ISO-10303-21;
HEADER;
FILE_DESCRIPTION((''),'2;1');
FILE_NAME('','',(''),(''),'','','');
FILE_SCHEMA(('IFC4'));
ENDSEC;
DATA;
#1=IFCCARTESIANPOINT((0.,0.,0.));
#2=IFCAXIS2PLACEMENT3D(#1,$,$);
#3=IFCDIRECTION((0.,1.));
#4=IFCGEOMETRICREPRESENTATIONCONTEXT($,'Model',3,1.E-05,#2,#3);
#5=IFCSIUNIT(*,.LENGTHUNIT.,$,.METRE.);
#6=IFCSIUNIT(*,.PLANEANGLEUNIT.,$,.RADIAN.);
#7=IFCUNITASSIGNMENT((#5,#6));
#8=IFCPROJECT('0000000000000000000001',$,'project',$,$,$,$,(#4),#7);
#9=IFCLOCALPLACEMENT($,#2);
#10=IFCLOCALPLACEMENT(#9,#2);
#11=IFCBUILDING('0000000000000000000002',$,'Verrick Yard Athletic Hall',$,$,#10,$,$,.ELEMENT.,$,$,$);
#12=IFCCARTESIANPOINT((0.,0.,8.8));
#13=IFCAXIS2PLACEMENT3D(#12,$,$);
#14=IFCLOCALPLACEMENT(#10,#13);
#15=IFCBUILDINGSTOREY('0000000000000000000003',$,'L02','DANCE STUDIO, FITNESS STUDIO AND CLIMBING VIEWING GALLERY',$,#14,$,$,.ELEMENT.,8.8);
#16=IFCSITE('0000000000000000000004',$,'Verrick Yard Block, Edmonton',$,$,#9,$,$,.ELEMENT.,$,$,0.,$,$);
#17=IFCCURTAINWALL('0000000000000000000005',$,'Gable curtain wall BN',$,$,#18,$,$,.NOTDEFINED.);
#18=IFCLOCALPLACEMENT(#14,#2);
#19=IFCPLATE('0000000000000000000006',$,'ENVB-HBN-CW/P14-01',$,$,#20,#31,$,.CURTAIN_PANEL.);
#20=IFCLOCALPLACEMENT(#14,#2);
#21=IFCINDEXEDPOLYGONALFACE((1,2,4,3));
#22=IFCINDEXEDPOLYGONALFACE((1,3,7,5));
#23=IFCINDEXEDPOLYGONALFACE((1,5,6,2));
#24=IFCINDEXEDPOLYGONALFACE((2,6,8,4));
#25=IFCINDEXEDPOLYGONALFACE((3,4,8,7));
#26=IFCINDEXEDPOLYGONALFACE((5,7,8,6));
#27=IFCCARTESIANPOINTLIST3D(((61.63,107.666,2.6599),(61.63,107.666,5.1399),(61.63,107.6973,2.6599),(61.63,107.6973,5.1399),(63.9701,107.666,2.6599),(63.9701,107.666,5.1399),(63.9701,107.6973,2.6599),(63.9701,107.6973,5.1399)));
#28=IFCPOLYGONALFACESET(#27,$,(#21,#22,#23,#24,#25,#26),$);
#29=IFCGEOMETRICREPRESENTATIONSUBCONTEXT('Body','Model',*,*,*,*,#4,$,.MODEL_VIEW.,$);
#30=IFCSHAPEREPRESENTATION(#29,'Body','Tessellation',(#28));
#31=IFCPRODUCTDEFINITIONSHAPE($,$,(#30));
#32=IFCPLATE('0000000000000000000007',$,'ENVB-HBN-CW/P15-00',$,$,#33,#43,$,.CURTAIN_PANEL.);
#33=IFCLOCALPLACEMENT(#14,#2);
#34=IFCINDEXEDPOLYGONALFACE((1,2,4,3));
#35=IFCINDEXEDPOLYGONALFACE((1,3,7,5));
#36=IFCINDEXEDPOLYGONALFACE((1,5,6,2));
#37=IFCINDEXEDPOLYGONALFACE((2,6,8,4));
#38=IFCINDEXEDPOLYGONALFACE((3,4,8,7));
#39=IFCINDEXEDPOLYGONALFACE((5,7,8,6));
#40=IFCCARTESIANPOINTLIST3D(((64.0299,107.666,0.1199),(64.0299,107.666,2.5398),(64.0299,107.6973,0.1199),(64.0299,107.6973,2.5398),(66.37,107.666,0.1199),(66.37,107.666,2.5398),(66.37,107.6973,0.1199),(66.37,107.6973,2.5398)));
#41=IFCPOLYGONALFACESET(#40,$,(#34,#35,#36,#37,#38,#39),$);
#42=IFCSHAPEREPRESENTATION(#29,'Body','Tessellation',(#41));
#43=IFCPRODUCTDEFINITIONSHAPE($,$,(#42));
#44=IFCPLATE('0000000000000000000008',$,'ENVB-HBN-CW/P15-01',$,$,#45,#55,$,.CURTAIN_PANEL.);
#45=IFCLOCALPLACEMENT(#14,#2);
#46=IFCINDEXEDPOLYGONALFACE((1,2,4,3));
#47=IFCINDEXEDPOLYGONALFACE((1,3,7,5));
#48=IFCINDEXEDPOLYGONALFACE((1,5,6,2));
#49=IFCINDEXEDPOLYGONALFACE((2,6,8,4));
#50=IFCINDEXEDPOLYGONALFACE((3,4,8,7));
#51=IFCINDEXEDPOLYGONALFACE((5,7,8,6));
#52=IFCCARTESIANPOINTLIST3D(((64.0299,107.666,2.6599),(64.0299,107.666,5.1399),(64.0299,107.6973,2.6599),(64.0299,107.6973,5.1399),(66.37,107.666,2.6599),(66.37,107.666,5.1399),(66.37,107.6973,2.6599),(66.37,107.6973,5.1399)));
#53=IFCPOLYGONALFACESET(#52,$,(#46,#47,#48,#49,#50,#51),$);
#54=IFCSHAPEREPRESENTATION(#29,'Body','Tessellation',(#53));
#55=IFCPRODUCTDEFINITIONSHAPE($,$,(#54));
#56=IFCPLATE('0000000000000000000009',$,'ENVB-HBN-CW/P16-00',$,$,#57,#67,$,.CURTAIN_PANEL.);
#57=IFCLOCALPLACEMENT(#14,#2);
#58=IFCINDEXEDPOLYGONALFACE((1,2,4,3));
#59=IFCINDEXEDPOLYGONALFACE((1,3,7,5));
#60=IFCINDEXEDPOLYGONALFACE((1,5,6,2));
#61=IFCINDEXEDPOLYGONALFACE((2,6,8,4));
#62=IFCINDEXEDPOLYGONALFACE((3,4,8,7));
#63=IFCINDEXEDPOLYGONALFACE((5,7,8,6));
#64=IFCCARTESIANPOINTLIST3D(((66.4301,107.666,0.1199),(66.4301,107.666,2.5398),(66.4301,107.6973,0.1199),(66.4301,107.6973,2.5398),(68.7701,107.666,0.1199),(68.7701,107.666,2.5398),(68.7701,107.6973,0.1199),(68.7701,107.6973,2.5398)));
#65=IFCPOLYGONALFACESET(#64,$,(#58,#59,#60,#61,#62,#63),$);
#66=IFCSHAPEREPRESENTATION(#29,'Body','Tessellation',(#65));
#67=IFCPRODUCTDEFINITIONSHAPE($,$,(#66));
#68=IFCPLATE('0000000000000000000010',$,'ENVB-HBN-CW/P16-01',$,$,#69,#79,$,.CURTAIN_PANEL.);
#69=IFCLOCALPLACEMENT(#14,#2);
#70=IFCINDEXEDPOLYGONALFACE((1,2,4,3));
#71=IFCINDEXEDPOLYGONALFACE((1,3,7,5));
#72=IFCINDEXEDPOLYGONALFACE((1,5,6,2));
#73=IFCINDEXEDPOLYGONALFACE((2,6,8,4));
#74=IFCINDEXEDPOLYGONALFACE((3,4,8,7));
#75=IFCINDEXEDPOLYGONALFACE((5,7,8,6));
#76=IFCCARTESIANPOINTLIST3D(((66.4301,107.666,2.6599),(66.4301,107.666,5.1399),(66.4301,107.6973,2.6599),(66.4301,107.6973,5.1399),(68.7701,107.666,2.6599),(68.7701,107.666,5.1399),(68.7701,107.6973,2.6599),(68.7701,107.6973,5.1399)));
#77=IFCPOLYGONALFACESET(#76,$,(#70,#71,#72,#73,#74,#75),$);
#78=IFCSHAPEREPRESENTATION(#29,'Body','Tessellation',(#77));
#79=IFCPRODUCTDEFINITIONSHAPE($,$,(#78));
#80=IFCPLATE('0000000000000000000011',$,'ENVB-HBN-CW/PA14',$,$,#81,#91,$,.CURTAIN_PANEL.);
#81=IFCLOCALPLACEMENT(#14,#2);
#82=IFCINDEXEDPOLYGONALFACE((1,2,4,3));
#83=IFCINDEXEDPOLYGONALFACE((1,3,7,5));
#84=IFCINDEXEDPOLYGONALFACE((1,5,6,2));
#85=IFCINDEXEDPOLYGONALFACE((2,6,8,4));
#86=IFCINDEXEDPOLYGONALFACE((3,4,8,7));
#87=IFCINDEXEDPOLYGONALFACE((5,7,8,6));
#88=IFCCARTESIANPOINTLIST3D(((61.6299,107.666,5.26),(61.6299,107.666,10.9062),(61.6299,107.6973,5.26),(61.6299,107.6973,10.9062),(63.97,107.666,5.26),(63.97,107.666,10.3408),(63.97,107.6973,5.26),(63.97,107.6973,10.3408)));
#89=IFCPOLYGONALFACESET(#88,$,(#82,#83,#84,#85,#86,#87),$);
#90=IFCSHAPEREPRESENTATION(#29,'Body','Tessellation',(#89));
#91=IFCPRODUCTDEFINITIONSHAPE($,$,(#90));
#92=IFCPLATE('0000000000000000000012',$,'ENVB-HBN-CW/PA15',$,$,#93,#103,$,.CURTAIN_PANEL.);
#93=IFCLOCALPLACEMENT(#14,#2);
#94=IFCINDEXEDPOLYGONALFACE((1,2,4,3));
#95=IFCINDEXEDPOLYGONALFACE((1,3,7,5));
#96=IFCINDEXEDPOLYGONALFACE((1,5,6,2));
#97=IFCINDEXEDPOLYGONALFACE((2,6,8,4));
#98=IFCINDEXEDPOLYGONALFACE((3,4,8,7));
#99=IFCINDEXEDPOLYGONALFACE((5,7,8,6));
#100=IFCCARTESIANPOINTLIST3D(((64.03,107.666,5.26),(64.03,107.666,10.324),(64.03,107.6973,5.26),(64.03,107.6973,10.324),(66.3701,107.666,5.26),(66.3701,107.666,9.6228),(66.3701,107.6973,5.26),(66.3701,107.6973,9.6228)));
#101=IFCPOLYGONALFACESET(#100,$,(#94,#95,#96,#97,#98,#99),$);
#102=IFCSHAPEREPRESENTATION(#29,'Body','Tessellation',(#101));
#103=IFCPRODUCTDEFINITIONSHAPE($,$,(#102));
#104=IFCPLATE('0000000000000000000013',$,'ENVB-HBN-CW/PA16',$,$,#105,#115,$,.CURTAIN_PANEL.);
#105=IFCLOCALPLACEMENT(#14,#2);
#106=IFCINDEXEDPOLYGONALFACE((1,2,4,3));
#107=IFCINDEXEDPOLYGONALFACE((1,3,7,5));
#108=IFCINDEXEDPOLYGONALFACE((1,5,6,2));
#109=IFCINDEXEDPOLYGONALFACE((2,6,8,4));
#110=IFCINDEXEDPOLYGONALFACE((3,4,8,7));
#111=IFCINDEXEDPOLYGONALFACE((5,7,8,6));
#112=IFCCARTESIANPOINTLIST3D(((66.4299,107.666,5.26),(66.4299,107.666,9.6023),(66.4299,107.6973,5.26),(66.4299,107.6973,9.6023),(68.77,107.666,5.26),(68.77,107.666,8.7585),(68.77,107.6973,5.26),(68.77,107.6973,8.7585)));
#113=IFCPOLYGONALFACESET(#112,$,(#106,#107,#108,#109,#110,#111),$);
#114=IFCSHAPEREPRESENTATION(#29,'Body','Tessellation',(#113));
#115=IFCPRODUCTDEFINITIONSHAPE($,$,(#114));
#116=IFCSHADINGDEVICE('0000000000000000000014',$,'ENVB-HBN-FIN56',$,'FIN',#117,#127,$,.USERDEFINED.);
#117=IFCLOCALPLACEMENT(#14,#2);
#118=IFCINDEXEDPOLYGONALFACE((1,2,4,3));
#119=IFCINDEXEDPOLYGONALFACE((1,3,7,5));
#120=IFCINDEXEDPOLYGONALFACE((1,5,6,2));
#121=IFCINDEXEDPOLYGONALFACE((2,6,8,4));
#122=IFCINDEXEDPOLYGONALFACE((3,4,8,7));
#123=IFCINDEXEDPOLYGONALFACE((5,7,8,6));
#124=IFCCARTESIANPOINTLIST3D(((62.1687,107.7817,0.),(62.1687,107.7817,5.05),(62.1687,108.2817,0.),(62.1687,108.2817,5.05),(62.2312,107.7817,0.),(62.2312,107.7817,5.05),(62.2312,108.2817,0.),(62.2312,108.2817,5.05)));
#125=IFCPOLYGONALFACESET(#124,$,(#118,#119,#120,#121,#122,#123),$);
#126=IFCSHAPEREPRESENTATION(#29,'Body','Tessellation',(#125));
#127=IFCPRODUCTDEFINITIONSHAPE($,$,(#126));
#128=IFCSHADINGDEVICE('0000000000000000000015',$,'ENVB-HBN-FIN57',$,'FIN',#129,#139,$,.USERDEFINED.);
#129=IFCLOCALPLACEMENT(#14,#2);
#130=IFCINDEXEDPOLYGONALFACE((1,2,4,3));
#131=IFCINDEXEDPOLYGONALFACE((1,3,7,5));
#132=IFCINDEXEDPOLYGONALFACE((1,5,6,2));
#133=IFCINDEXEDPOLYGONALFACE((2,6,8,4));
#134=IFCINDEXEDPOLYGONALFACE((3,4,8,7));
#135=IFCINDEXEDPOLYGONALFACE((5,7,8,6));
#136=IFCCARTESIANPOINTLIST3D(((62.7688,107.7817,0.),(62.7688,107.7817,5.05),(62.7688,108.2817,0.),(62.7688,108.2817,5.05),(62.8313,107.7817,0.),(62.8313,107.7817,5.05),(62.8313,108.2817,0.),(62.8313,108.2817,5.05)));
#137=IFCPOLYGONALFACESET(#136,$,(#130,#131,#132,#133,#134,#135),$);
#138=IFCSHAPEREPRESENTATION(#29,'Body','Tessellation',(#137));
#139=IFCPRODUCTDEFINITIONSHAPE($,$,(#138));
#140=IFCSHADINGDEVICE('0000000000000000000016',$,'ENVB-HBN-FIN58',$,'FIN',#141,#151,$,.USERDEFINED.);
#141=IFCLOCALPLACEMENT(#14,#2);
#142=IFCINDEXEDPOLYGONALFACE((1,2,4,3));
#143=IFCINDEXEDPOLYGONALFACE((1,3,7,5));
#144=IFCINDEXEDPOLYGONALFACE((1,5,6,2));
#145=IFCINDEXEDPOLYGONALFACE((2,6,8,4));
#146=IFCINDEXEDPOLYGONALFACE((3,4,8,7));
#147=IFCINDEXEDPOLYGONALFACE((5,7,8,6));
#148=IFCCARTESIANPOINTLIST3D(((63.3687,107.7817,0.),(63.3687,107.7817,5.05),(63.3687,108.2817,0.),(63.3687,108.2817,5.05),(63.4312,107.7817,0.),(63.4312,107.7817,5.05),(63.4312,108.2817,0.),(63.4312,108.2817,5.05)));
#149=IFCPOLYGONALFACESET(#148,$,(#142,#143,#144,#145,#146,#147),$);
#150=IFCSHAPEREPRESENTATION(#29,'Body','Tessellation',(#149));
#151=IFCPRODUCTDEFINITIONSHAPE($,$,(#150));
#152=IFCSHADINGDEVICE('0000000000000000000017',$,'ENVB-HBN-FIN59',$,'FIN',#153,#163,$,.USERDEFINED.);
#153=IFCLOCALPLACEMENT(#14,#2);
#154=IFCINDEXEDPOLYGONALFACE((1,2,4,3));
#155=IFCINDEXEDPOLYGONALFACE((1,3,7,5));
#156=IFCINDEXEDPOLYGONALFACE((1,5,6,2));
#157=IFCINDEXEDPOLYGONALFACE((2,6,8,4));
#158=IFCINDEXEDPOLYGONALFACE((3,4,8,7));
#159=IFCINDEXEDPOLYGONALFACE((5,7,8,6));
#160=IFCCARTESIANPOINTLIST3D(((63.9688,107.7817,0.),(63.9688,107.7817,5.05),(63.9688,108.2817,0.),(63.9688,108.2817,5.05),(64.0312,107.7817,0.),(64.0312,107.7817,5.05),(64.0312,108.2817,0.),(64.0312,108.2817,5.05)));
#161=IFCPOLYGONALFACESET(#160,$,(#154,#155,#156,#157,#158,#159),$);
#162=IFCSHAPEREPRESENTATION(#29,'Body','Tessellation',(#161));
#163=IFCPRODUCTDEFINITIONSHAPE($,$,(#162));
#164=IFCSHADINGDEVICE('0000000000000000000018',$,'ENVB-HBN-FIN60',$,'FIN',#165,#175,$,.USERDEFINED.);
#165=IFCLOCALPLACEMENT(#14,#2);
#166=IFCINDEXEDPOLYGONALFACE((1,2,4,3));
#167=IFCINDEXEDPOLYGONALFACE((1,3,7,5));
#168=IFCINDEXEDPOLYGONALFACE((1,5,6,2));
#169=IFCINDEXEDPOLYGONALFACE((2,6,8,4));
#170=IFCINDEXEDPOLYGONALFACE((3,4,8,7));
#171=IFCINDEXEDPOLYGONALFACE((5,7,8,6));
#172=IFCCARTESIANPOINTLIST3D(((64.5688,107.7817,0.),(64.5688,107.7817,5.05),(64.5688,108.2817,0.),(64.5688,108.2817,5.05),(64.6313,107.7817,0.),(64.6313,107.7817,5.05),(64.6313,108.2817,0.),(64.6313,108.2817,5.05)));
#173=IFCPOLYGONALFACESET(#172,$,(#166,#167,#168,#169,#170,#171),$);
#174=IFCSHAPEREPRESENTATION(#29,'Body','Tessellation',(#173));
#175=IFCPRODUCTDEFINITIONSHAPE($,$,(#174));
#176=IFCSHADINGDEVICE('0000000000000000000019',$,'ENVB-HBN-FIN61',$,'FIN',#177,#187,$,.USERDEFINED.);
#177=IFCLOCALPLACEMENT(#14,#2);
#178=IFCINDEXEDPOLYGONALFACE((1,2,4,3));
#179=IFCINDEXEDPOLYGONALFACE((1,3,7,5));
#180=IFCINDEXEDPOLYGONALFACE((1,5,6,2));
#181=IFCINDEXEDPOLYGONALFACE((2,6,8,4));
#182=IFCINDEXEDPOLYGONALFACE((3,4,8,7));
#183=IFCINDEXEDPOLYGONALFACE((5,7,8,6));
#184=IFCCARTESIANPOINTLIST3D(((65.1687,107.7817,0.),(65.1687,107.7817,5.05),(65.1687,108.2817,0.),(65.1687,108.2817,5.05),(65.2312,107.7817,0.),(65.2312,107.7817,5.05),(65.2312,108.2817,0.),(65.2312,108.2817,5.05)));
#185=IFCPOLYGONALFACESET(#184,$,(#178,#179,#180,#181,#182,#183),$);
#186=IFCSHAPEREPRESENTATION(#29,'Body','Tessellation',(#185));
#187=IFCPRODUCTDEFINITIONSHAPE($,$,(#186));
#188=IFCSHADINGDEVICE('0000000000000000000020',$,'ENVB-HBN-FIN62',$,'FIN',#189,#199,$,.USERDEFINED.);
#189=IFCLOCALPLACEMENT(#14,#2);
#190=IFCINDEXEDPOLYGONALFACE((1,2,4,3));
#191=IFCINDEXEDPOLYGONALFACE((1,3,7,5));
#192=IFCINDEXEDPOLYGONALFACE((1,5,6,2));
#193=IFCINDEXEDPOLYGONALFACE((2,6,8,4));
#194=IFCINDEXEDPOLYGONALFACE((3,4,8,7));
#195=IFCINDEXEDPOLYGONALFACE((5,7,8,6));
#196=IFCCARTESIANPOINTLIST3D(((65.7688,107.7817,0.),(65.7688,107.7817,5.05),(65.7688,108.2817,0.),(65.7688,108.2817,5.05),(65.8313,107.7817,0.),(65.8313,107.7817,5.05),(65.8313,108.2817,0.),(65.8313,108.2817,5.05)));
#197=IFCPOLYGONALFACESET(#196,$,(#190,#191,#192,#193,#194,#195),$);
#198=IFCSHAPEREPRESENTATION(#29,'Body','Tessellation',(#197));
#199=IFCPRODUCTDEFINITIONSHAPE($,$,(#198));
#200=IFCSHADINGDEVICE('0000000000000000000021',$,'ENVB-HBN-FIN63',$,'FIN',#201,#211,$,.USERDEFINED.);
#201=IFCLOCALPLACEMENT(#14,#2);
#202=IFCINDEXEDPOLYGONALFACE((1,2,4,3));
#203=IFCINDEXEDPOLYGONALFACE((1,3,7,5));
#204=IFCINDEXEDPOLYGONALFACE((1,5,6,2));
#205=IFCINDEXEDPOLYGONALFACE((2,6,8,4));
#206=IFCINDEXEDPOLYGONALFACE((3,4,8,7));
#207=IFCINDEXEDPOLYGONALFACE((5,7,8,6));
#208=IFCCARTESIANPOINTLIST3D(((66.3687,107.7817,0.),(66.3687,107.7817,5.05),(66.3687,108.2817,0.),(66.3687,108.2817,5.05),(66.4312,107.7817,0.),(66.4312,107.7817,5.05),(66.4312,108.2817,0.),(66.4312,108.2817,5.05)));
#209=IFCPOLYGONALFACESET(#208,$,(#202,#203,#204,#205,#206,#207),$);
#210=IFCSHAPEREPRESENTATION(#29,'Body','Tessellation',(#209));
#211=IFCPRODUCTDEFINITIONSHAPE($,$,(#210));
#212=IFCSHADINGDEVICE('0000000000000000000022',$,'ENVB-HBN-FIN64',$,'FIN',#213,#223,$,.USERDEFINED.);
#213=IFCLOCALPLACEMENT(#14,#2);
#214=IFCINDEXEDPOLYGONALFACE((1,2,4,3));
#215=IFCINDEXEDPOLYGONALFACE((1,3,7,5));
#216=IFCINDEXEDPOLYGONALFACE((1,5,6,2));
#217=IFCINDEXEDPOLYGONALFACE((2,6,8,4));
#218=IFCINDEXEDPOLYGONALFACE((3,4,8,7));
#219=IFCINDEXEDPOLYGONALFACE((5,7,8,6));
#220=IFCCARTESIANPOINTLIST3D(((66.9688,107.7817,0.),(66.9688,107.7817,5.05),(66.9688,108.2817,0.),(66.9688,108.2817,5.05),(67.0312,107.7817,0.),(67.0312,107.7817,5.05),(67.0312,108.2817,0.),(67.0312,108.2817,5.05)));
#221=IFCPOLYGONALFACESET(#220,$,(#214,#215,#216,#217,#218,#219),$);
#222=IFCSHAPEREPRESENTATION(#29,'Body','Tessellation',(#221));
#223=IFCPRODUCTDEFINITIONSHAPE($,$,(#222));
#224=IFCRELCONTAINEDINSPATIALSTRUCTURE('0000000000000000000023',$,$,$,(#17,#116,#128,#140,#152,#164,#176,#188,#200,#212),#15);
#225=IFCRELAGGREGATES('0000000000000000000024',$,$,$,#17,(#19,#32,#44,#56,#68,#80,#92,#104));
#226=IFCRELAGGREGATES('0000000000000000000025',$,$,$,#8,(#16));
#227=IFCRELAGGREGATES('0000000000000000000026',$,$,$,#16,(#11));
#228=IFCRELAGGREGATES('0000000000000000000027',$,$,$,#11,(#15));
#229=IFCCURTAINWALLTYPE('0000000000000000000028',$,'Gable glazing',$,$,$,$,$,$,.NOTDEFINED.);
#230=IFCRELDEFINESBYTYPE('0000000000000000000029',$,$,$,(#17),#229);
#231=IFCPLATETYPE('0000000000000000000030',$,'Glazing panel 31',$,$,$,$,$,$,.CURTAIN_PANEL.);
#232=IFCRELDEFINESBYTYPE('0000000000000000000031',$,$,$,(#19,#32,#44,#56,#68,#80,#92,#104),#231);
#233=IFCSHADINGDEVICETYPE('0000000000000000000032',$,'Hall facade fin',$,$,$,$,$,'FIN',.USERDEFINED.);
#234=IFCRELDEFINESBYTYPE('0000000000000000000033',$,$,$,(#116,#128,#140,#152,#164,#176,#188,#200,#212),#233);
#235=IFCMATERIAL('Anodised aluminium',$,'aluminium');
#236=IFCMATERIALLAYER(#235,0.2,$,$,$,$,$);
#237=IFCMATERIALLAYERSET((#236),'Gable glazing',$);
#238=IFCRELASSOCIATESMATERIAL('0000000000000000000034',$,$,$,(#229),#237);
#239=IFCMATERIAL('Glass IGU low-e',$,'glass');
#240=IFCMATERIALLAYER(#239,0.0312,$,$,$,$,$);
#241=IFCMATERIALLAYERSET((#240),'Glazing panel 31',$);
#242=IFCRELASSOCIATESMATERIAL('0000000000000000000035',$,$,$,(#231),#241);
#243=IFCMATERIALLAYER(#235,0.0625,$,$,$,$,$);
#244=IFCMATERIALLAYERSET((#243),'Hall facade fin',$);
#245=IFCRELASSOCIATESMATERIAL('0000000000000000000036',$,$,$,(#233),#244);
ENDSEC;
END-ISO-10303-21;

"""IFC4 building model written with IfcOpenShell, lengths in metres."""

from ifc_helpers import new_model, si_unit, direction, frame, origin, origin_2d, place, context, subcontext, project, spatial, polyline, rectangle, outline, extrude, material, layer, layer_set, type_object, element, aggregate, save


model = new_model("IFC4")

# Units and contexts
model_context = context("Model", 3, precision=1e-05, world=origin(), true_north=direction((0.0, 1.0)))
body_context = subcontext(model_context, "Body", "Model", "MODEL_VIEW")
ifc_project = project(units=[si_unit("LENGTHUNIT", "METRE"), si_unit("PLANEANGLEUNIT", "RADIAN")], contexts=[model_context])

# Site, building, storey
site_placement = place(None, origin())
site = spatial("IfcSite", under=ifc_project, at=site_placement, Name="Verrick Yard Block, Edmonton", CompositionType="ELEMENT", RefElevation=0.0)
building_placement = place(site_placement, origin())
building = spatial("IfcBuilding", under=site, at=building_placement, Name="Verrick Yard Athletic Hall", CompositionType="ELEMENT")
storey_placement = place(building_placement, frame((0.0, 0.0, 8.8)))
storey = spatial("IfcBuildingStorey", under=building, at=storey_placement, Name="L02", Description="DANCE STUDIO, FITNESS STUDIO AND CLIMBING VIEWING GALLERY", CompositionType="ELEMENT", Elevation=8.8)

# Curtain wall
ifc_material_1 = material(Name="Anodised aluminium", Category="aluminium")
ifc_layer_1 = layer(ifc_material_1, 0.2)
ifc_layer_set_1 = layer_set([ifc_layer_1], Name="Gable glazing")
curtain_wall_type = type_object("IfcCurtainWallType", Name="Gable glazing", PredefinedType="NOTDEFINED", material=ifc_layer_set_1)
curtain_wall_placement = place(storey_placement, origin())
curtain_wall = element("IfcCurtainWall", 1, at=curtain_wall_placement, inside=storey, type_object=curtain_wall_type, Name="Gable curtain wall BN", PredefinedType="NOTDEFINED")

# Plates
ifc_material_2 = material(Name="Glass IGU low-e", Category="glass")
ifc_layer_2 = layer(ifc_material_2, 0.0312)
ifc_layer_set_2 = layer_set([ifc_layer_2], Name="Glazing panel 31")
plate_type = type_object("IfcPlateType", Name="Glazing panel 31", PredefinedType="CURTAIN_PANEL", material=ifc_layer_set_2)
plate_1_placement = place(storey_placement, frame((62.8, 107.6816, 2.6599), z_axis=(0.0, 0.0, 1.0), x_axis=(1.0, 0.0, 0.0)))
plate_1 = element("IfcPlate", 2, at=plate_1_placement, type_object=plate_type, Name="ENVB-HBN-CW/P14-01", PredefinedType="CURTAIN_PANEL", context=body_context, shape_type="SweptSolid", body=[
    extrude(rectangle(XDim=2.3401, YDim=0.0312, at=origin_2d()), origin(), (0.0, 0.0, 1.0), 2.48),
])
plate_2_placement = place(storey_placement, frame((65.2, 107.6816, 0.1199), z_axis=(0.0, 0.0, 1.0), x_axis=(1.0, 0.0, 0.0)))
plate_2 = element("IfcPlate", 3, at=plate_2_placement, type_object=plate_type, Name="ENVB-HBN-CW/P15-00", PredefinedType="CURTAIN_PANEL", context=body_context, shape_type="SweptSolid", body=[
    extrude(rectangle(XDim=2.3401, YDim=0.0312, at=origin_2d()), origin(), (0.0, 0.0, 1.0), 2.4199),
])
plate_3_placement = place(storey_placement, frame((65.2, 107.6816, 2.6599), z_axis=(0.0, 0.0, 1.0), x_axis=(1.0, 0.0, 0.0)))
plate_3 = element("IfcPlate", 4, at=plate_3_placement, type_object=plate_type, Name="ENVB-HBN-CW/P15-01", PredefinedType="CURTAIN_PANEL", context=body_context, shape_type="SweptSolid", body=[
    extrude(rectangle(XDim=2.3401, YDim=0.0312, at=origin_2d()), origin(), (0.0, 0.0, 1.0), 2.48),
])
plate_4_placement = place(storey_placement, frame((67.6001, 107.6816, 0.1199), z_axis=(0.0, 0.0, 1.0), x_axis=(1.0, 0.0, 0.0)))
plate_4 = element("IfcPlate", 5, at=plate_4_placement, type_object=plate_type, Name="ENVB-HBN-CW/P16-00", PredefinedType="CURTAIN_PANEL", context=body_context, shape_type="SweptSolid", body=[
    extrude(rectangle(XDim=2.3401, YDim=0.0312, at=origin_2d()), origin(), (0.0, 0.0, 1.0), 2.4199),
])
plate_5_placement = place(storey_placement, frame((67.6001, 107.6816, 2.6599), z_axis=(0.0, 0.0, 1.0), x_axis=(1.0, 0.0, 0.0)))
plate_5 = element("IfcPlate", 6, at=plate_5_placement, type_object=plate_type, Name="ENVB-HBN-CW/P16-01", PredefinedType="CURTAIN_PANEL", context=body_context, shape_type="SweptSolid", body=[
    extrude(rectangle(XDim=2.3401, YDim=0.0312, at=origin_2d()), origin(), (0.0, 0.0, 1.0), 2.48),
])
plate_6_placement = place(storey_placement, frame((61.6299, 107.6816, 5.26), z_axis=(0.0, 0.0, 1.0), x_axis=(1.0, 0.0, 0.0)))
plate_6 = element("IfcPlate", 7, at=plate_6_placement, type_object=plate_type, Name="ENVB-HBN-CW/PA14", PredefinedType="CURTAIN_PANEL", context=body_context, shape_type="SweptSolid", body=[
    extrude(outline(polyline([(0.0, 5.6462), (2.3401, 5.0808), (2.3401, 0.0), (0.0, 0.0), (0.0, 5.6462)])), frame((0.0, 0.0156, 0.0), z_axis=(0.0, -1.0, 0.0), x_axis=(1.0, 0.0, 0.0)), (0.0, 0.0, 1.0), 0.0312),
])
plate_7_placement = place(storey_placement, frame((64.03, 107.6816, 5.26), z_axis=(0.0, 0.0, 1.0), x_axis=(1.0, 0.0, 0.0)))
plate_7 = element("IfcPlate", 8, at=plate_7_placement, type_object=plate_type, Name="ENVB-HBN-CW/PA15", PredefinedType="CURTAIN_PANEL", context=body_context, shape_type="SweptSolid", body=[
    extrude(outline(polyline([(0.0, 5.064), (2.3401, 4.3628), (2.3401, 0.0), (0.0, 0.0), (0.0, 5.064)])), frame((0.0, 0.0156, 0.0), z_axis=(0.0, -1.0, 0.0), x_axis=(1.0, 0.0, 0.0)), (0.0, 0.0, 1.0), 0.0312),
])
plate_8_placement = place(storey_placement, frame((66.4299, 107.6816, 5.26), z_axis=(0.0, 0.0, 1.0), x_axis=(1.0, 0.0, 0.0)))
plate_8 = element("IfcPlate", 9, at=plate_8_placement, type_object=plate_type, Name="ENVB-HBN-CW/PA16", PredefinedType="CURTAIN_PANEL", context=body_context, shape_type="SweptSolid", body=[
    extrude(outline(polyline([(0.0, 4.3423), (2.3401, 3.4985), (2.3401, 0.0), (0.0, 0.0), (0.0, 4.3423)])), frame((0.0, 0.0156, 0.0), z_axis=(0.0, -1.0, 0.0), x_axis=(1.0, 0.0, 0.0)), (0.0, 0.0, 1.0), 0.0312),
])
aggregate(curtain_wall, [plate_1, plate_2, plate_3, plate_4, plate_5, plate_6, plate_7, plate_8])

# Shading devices
ifc_layer_3 = layer(ifc_material_1, 0.0625)
ifc_layer_set_3 = layer_set([ifc_layer_3], Name="Hall facade fin")
shading_device_type = type_object("IfcShadingDeviceType", Name="Hall facade fin", ElementType="FIN", PredefinedType="USERDEFINED", material=ifc_layer_set_3)
for number, where, z_axis, x_axis, name in (
    (10, (62.2, 107.7817, 0.0), (0.0, 0.0, 1.0), (0.0, 1.0, 0.0), "ENVB-HBN-FIN56"),
    (11, (62.8, 107.7817, 0.0), (0.0, 0.0, 1.0), (0.0, 1.0, 0.0), "ENVB-HBN-FIN57"),
    (12, (63.3999, 107.7817, 0.0), (0.0, 0.0, 1.0), (0.0, 1.0, 0.0), "ENVB-HBN-FIN58"),
    (13, (64.0, 107.7817, 0.0), (0.0, 0.0, 1.0), (0.0, 1.0, 0.0), "ENVB-HBN-FIN59"),
    (14, (64.6001, 107.7817, 0.0), (0.0, 0.0, 1.0), (0.0, 1.0, 0.0), "ENVB-HBN-FIN60"),
    (15, (65.2, 107.7817, 0.0), (0.0, 0.0, 1.0), (0.0, 1.0, 0.0), "ENVB-HBN-FIN61"),
    (16, (65.8, 107.7817, 0.0), (0.0, 0.0, 1.0), (0.0, 1.0, 0.0), "ENVB-HBN-FIN62"),
    (17, (66.3999, 107.7817, 0.0), (0.0, 0.0, 1.0), (0.0, 1.0, 0.0), "ENVB-HBN-FIN63"),
    (18, (67.0, 107.7817, 0.0), (0.0, 0.0, 1.0), (0.0, 1.0, 0.0), "ENVB-HBN-FIN64"),
):
    element("IfcShadingDevice", number, at=place(storey_placement, frame(where, z_axis=z_axis, x_axis=x_axis)), inside=storey, type_object=shading_device_type, Name=name, ObjectType="FIN", PredefinedType="USERDEFINED", context=body_context, shape_type="SweptSolid", body=[
        extrude(outline(polyline([(0.0, 0.0), (0.5, 0.0), (0.5, 5.05), (0.0, 5.05), (0.0, 0.0)])), frame((0.0, 0.0312, 0.0), z_axis=(0.0, -1.0, 0.0), x_axis=(1.0, 0.0, 0.0)), (0.0, 0.0, 1.0), 0.0625),
    ])

save(model, "model.ifc")
